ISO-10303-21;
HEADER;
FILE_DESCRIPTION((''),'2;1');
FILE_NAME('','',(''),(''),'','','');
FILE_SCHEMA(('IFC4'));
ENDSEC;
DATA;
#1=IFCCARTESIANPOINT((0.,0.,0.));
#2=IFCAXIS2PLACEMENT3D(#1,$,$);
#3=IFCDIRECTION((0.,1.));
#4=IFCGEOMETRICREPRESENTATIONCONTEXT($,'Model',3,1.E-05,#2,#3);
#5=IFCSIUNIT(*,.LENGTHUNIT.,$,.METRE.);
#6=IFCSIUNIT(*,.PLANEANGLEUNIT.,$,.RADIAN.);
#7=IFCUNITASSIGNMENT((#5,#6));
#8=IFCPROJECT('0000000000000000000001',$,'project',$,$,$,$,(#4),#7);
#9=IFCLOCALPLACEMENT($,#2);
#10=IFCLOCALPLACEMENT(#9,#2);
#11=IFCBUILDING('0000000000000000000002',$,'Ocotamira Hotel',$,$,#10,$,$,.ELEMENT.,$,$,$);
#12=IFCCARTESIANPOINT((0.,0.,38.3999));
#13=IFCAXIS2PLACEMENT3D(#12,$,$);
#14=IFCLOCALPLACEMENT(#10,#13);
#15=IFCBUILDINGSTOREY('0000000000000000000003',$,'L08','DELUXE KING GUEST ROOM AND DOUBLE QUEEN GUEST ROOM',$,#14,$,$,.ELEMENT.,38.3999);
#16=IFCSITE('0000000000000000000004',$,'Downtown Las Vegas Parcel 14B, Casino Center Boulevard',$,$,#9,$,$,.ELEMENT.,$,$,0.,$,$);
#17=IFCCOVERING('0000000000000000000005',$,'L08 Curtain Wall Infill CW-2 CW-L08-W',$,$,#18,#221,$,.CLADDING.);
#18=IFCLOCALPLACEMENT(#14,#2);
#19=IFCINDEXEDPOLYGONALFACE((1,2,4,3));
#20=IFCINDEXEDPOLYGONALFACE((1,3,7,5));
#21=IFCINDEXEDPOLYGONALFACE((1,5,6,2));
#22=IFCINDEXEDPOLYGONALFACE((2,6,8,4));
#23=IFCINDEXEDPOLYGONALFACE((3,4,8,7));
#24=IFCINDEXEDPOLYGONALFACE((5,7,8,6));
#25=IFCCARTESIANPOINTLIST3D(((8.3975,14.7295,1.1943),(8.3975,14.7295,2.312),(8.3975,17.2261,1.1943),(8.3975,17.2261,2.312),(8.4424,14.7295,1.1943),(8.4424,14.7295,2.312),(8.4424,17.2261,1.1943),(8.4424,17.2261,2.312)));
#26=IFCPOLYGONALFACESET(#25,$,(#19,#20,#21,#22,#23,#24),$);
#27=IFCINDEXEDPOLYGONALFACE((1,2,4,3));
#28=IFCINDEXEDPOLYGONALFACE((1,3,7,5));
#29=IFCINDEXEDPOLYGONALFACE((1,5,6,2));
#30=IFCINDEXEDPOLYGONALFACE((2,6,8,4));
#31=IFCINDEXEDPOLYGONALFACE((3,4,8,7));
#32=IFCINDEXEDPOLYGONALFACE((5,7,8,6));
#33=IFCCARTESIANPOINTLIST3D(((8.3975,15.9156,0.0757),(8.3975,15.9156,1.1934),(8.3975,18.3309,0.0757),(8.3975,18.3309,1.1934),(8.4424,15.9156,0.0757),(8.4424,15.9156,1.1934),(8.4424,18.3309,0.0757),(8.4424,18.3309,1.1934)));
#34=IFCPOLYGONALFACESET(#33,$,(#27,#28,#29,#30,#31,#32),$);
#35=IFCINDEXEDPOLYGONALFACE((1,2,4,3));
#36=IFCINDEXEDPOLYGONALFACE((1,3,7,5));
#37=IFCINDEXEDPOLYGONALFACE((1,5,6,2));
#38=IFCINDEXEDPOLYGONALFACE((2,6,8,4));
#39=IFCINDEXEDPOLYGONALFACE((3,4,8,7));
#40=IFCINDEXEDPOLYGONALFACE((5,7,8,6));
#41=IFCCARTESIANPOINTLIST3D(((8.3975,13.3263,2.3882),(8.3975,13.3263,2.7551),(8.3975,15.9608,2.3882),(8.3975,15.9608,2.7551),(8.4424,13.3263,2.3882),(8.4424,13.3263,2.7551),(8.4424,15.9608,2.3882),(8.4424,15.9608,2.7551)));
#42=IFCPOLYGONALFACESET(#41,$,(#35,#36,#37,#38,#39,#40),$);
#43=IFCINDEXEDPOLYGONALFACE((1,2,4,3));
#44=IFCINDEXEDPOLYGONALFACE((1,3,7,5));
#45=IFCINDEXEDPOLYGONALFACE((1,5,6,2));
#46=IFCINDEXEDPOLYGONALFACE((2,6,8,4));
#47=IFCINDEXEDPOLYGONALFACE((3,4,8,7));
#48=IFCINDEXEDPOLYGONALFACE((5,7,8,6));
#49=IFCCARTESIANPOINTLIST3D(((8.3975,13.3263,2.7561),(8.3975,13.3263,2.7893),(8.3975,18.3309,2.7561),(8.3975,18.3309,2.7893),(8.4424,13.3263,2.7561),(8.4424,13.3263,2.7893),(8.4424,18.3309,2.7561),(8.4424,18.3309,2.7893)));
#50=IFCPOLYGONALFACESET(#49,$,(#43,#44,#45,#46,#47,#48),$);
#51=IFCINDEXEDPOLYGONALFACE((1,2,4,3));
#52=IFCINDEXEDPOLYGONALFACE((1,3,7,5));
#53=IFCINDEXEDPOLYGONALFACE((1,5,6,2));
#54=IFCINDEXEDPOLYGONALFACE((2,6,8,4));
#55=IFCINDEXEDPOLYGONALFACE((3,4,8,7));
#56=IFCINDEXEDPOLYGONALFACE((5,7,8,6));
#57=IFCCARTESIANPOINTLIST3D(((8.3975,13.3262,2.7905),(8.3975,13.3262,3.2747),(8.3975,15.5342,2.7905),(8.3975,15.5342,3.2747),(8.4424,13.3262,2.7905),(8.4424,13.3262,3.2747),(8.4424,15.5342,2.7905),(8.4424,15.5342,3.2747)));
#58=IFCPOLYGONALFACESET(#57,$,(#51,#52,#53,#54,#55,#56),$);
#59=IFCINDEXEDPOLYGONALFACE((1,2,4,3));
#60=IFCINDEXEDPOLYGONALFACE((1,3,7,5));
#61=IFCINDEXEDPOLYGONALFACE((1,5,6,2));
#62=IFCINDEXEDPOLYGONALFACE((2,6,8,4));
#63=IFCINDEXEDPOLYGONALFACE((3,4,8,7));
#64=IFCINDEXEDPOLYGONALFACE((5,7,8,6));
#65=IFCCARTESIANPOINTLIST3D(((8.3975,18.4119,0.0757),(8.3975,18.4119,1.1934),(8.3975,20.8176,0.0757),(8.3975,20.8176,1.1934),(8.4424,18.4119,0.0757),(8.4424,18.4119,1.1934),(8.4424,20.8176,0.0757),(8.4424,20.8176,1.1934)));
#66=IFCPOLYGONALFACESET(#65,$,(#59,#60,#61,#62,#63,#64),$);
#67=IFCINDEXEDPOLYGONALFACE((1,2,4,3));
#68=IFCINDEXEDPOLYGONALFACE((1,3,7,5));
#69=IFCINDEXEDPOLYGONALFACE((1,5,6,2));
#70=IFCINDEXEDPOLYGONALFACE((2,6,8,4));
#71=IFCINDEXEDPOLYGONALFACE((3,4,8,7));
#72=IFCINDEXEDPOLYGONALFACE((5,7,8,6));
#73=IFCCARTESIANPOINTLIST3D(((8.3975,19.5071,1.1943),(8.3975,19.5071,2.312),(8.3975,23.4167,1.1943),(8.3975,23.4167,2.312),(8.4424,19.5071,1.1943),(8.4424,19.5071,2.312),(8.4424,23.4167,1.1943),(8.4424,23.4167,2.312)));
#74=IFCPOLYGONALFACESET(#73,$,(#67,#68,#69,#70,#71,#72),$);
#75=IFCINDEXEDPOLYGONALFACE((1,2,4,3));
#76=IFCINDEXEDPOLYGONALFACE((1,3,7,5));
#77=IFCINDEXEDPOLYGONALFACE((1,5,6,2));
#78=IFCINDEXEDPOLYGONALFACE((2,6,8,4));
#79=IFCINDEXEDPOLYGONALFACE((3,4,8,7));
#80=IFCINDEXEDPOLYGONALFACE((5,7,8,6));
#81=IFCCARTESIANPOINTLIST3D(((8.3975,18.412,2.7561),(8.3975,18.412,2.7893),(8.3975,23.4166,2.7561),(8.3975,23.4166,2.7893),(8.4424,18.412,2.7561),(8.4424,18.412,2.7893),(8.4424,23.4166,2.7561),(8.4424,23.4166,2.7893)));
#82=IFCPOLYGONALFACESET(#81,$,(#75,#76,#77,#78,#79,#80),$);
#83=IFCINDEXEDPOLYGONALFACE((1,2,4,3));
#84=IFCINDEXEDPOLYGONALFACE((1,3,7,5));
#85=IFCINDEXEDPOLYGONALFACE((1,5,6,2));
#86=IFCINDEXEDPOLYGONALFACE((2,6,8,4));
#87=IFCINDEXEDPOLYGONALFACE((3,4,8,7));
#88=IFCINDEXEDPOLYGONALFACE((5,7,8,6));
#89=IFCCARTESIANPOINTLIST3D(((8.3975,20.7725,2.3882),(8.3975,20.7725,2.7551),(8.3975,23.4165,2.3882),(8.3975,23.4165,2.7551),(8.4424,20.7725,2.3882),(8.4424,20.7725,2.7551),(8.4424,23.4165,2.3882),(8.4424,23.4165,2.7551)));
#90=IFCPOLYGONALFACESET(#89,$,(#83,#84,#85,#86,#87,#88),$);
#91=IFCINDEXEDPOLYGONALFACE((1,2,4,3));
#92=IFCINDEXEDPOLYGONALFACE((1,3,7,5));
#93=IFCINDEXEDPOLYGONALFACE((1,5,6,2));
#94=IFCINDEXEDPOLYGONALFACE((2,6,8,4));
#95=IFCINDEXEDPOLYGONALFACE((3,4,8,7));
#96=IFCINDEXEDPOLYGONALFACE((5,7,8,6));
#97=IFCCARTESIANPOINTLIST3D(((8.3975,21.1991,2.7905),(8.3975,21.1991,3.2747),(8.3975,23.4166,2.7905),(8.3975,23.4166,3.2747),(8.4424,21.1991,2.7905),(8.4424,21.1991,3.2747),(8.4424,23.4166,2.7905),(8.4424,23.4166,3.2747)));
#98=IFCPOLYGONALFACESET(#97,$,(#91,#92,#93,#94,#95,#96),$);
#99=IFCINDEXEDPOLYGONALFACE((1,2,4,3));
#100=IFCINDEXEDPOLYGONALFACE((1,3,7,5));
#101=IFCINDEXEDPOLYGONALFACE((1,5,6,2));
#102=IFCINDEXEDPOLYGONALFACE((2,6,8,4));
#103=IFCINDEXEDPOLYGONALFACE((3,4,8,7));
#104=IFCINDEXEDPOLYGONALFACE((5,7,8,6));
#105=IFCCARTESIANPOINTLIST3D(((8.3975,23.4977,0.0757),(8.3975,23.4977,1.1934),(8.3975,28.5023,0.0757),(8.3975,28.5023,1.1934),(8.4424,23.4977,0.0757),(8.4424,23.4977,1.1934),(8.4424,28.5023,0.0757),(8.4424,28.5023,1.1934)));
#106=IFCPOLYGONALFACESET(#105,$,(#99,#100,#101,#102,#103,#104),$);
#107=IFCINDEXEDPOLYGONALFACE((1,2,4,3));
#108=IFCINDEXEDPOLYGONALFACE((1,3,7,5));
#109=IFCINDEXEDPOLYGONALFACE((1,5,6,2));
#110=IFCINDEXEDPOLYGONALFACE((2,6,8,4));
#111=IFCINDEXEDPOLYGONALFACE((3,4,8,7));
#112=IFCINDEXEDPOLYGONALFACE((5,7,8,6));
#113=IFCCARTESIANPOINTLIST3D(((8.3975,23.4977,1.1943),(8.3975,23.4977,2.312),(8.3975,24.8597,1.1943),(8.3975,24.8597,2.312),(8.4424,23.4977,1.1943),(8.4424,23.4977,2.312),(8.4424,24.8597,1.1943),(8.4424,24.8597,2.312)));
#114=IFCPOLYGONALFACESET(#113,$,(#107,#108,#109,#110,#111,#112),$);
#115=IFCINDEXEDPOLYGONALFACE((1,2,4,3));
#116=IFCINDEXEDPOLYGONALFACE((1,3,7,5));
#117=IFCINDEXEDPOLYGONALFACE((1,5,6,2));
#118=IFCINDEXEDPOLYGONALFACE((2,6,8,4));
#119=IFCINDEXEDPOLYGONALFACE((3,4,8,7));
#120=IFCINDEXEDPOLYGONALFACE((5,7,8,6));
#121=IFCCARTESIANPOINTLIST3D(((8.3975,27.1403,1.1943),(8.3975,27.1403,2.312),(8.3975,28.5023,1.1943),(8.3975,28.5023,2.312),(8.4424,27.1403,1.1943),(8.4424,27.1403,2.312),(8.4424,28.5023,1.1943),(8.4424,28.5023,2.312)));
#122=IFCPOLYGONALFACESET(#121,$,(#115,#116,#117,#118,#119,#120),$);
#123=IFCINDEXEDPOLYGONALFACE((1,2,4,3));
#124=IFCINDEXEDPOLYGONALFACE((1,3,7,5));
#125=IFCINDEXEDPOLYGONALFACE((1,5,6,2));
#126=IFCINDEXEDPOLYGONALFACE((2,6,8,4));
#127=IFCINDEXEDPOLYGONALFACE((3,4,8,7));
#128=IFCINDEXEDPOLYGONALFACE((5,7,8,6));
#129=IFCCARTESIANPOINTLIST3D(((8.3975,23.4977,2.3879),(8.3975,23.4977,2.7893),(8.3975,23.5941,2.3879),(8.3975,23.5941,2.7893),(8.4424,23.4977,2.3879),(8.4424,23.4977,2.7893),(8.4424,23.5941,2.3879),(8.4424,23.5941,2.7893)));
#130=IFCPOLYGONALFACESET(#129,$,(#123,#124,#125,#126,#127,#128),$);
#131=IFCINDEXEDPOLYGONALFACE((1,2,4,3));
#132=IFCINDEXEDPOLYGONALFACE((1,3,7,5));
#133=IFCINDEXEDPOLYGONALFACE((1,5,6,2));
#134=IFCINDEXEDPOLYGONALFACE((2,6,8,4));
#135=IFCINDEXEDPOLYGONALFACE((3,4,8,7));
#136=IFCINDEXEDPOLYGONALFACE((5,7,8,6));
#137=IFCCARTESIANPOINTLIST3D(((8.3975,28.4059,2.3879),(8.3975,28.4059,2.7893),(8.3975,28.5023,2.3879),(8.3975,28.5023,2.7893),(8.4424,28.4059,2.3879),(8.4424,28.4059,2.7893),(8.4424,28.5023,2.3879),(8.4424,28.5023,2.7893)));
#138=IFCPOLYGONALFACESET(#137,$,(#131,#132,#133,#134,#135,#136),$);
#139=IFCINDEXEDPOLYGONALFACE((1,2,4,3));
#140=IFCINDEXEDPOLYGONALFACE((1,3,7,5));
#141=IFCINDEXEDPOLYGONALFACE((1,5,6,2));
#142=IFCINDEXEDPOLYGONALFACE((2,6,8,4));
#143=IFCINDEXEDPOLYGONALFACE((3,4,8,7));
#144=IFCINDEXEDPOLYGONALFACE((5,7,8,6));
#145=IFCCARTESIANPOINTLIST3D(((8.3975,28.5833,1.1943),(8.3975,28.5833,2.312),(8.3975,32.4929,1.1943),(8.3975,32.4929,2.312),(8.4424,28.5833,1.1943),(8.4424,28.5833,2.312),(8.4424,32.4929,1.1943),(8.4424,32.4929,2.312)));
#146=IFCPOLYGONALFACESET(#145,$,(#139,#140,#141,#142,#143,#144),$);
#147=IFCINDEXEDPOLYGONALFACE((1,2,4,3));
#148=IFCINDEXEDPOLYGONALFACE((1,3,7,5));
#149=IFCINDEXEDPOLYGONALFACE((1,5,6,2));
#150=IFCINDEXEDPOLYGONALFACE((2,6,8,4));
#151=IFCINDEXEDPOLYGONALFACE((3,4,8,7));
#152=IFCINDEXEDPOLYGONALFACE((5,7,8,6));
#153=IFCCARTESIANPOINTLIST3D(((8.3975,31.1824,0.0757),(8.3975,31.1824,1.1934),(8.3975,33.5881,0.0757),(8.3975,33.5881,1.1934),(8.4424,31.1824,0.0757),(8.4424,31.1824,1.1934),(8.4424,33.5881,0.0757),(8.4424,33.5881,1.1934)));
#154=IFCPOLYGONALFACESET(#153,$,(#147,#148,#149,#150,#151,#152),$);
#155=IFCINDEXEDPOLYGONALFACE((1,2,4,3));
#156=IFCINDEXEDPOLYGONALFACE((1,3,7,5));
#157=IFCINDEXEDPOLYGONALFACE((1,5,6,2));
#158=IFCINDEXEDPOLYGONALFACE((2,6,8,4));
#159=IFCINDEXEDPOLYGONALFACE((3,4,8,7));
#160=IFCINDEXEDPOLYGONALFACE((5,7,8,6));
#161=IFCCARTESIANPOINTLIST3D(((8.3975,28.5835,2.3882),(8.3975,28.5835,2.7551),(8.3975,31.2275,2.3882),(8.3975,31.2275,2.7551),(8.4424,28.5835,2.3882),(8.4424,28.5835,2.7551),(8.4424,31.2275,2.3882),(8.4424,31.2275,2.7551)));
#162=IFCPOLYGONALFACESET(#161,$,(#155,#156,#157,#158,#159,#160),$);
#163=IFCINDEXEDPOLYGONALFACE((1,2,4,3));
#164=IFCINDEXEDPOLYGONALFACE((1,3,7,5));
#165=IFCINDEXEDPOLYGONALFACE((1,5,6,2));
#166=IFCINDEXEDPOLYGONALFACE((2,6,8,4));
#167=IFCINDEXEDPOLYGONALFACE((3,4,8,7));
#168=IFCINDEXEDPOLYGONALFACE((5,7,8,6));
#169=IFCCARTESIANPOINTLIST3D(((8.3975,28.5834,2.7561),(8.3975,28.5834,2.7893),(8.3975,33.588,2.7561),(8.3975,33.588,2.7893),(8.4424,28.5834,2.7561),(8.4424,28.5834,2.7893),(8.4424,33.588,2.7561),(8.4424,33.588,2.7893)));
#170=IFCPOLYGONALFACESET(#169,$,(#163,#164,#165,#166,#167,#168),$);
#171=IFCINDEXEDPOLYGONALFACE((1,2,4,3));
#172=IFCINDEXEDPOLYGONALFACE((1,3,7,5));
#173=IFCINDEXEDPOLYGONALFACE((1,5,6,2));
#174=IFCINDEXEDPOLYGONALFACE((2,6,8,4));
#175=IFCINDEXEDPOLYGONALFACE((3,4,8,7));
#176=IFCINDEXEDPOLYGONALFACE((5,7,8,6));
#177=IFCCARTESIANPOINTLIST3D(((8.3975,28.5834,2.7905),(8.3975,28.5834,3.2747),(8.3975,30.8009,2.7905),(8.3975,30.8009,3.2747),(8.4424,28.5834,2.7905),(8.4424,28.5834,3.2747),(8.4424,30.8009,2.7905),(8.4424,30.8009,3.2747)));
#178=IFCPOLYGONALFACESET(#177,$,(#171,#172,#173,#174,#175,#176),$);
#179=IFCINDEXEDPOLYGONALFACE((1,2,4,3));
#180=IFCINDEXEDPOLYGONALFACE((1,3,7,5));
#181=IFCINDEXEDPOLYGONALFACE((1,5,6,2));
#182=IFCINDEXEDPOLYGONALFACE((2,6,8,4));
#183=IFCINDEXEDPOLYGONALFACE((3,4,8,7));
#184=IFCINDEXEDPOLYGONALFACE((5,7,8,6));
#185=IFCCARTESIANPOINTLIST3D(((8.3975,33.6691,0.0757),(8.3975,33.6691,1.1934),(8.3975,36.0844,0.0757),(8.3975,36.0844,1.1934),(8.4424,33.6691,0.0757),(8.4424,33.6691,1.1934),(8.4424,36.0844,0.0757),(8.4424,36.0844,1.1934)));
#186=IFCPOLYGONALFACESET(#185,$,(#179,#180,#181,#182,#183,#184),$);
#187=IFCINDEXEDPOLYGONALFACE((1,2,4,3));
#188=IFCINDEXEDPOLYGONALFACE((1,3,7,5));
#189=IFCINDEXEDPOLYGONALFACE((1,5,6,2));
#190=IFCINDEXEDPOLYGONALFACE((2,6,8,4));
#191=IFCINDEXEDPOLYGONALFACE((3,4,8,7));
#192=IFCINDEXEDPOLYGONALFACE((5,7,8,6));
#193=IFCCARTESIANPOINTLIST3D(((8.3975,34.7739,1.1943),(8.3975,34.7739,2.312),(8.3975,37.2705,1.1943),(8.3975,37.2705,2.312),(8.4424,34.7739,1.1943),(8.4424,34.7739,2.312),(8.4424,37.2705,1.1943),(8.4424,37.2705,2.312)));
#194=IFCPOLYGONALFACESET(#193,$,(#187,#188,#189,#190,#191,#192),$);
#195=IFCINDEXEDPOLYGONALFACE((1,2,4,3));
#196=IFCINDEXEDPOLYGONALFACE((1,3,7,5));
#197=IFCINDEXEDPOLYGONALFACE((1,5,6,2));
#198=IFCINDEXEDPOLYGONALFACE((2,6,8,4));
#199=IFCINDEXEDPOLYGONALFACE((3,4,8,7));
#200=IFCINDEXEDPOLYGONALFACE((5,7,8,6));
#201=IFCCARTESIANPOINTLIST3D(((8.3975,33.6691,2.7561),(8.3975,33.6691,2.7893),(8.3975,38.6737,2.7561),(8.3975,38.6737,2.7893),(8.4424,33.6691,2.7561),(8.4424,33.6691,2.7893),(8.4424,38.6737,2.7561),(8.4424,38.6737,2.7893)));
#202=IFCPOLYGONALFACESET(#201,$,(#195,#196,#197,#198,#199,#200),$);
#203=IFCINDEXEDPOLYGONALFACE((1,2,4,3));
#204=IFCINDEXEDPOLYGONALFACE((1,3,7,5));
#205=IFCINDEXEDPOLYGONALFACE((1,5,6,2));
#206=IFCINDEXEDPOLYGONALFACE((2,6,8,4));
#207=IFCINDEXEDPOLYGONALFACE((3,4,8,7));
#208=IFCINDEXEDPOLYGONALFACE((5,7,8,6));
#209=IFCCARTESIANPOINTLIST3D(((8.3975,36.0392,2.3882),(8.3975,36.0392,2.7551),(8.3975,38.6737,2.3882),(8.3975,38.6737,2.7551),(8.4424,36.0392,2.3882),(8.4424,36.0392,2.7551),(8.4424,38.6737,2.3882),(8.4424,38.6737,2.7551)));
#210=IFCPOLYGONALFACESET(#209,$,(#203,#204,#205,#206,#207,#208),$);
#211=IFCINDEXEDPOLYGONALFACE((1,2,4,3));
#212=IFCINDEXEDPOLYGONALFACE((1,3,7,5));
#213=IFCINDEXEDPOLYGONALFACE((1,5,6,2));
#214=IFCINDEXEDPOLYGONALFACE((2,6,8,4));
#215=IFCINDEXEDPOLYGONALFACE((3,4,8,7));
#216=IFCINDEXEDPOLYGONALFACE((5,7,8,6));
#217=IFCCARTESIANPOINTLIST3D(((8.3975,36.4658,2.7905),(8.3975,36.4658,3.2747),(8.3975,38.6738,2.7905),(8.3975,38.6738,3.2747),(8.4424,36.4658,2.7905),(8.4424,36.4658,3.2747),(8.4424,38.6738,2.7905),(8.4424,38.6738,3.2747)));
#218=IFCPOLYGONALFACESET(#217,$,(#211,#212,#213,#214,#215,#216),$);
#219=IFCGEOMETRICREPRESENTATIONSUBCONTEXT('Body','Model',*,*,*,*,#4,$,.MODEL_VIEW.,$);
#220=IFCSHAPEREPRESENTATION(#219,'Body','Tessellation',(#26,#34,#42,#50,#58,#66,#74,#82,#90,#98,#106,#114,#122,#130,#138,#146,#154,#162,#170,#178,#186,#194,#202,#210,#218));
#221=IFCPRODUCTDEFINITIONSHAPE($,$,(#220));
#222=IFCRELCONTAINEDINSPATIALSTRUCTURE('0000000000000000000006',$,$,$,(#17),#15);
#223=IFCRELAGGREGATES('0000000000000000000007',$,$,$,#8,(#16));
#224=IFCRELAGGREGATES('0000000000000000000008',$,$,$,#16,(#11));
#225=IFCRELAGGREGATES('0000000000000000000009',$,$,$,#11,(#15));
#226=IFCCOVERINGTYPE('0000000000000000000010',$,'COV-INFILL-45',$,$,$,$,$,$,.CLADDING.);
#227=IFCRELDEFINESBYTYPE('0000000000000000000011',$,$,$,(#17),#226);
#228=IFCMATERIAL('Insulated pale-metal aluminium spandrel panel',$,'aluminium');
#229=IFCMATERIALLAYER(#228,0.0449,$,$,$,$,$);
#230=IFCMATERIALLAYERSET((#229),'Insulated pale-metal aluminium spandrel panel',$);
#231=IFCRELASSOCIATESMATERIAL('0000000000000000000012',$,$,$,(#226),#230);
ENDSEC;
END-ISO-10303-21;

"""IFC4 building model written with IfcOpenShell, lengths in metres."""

from ifc_helpers import new_model, si_unit, direction, frame, origin, origin_2d, place, context, subcontext, project, spatial, rectangle, extrude, material, layer, layer_set, type_object, element, save


model = new_model("IFC4")

# Units and contexts
model_context = context("Model", 3, precision=1e-05, world=origin(), true_north=direction((0.0, 1.0)))
body_context = subcontext(model_context, "Body", "Model", "MODEL_VIEW")
ifc_project = project(units=[si_unit("LENGTHUNIT", "METRE"), si_unit("PLANEANGLEUNIT", "RADIAN")], contexts=[model_context])

# Site, building, storey
site_placement = place(None, origin())
site = spatial("IfcSite", under=ifc_project, at=site_placement, Name="Downtown Las Vegas Parcel 14B, Casino Center Boulevard", CompositionType="ELEMENT", RefElevation=0.0)
building_placement = place(site_placement, origin())
building = spatial("IfcBuilding", under=site, at=building_placement, Name="Ocotamira Hotel", CompositionType="ELEMENT")
storey_placement = place(building_placement, frame((0.0, 0.0, 38.3999)))
storey = spatial("IfcBuildingStorey", under=building, at=storey_placement, Name="L08", Description="DELUXE KING GUEST ROOM AND DOUBLE QUEEN GUEST ROOM", CompositionType="ELEMENT", Elevation=38.3999)

# Covering
ifc_material_1 = material(Name="Insulated pale-metal aluminium spandrel panel", Category="aluminium")
ifc_layer_1 = layer(ifc_material_1, 0.0449)
ifc_layer_set_1 = layer_set([ifc_layer_1], Name="Insulated pale-metal aluminium spandrel panel")
covering_type_1 = type_object("IfcCoveringType", Name="COV-INFILL-45", PredefinedType="CLADDING", material=ifc_layer_set_1)
covering_1_placement = place(storey_placement, origin())
element("IfcCovering", 1, at=covering_1_placement, inside=storey, type_object=covering_type_1, Name="L08 Curtain Wall Infill CW-2 CW-L08-W", PredefinedType="CLADDING", context=body_context, shape_type="SweptSolid", body=[
    extrude(rectangle(XDim=2.4966, YDim=0.0449, at=origin_2d()), frame((8.4199, 15.9778, 1.1943), z_axis=(0.0, 0.0, 1.0), x_axis=(0.0, 1.0, 0.0)), (0.0, 0.0, 1.0), 1.1177),
    extrude(rectangle(XDim=2.4153, YDim=0.0449, at=origin_2d()), frame((8.4199, 17.1233, 0.0757), z_axis=(0.0, 0.0, 1.0), x_axis=(0.0, 1.0, 0.0)), (0.0, 0.0, 1.0), 1.1177),
    extrude(rectangle(XDim=2.6345, YDim=0.0449, at=origin_2d()), frame((8.4199, 14.6436, 2.3882), z_axis=(0.0, 0.0, 1.0), x_axis=(0.0, 1.0, 0.0)), (0.0, 0.0, 1.0), 0.3669),
    extrude(rectangle(XDim=5.0046, YDim=0.0449, at=origin_2d()), frame((8.4199, 15.8286, 2.7561), z_axis=(0.0, 0.0, 1.0), x_axis=(0.0, 1.0, 0.0)), (0.0, 0.0, 1.0), 0.0332),
    extrude(rectangle(XDim=2.208, YDim=0.0449, at=origin_2d()), frame((8.4199, 14.4302, 2.7905), z_axis=(0.0, 0.0, 1.0), x_axis=(0.0, 1.0, 0.0)), (0.0, 0.0, 1.0), 0.4841),
    extrude(rectangle(XDim=2.4058, YDim=0.0449, at=origin_2d()), frame((8.4199, 19.6147, 0.0757), z_axis=(0.0, 0.0, 1.0), x_axis=(0.0, 1.0, 0.0)), (0.0, 0.0, 1.0), 1.1177),
    extrude(rectangle(XDim=3.9097, YDim=0.0449, at=origin_2d()), frame((8.4199, 21.4619, 1.1943), z_axis=(0.0, 0.0, 1.0), x_axis=(0.0, 1.0, 0.0)), (0.0, 0.0, 1.0), 1.1177),
    extrude(rectangle(XDim=5.0046, YDim=0.0449, at=origin_2d()), frame((8.4199, 20.9143, 2.7561), z_axis=(0.0, 0.0, 1.0), x_axis=(0.0, 1.0, 0.0)), (0.0, 0.0, 1.0), 0.0332),
    extrude(rectangle(XDim=2.644, YDim=0.0449, at=origin_2d()), frame((8.4199, 22.0945, 2.3882), z_axis=(0.0, 0.0, 1.0), x_axis=(0.0, 1.0, 0.0)), (0.0, 0.0, 1.0), 0.3669),
    extrude(rectangle(XDim=2.2175, YDim=0.0449, at=origin_2d()), frame((8.4199, 22.3079, 2.7905), z_axis=(0.0, 0.0, 1.0), x_axis=(0.0, 1.0, 0.0)), (0.0, 0.0, 1.0), 0.4841),
    extrude(rectangle(XDim=5.0046, YDim=0.0449, at=origin_2d()), frame((8.4199, 26.0, 0.0757), z_axis=(0.0, 0.0, 1.0), x_axis=(0.0, 1.0, 0.0)), (0.0, 0.0, 1.0), 1.1177),
    extrude(rectangle(XDim=1.3621, YDim=0.0449, at=origin_2d()), frame((8.4199, 24.1787, 1.1943), z_axis=(0.0, 0.0, 1.0), x_axis=(0.0, 1.0, 0.0)), (0.0, 0.0, 1.0), 1.1177),
    extrude(rectangle(XDim=1.3621, YDim=0.0449, at=origin_2d()), frame((8.4199, 27.8213, 1.1943), z_axis=(0.0, 0.0, 1.0), x_axis=(0.0, 1.0, 0.0)), (0.0, 0.0, 1.0), 1.1177),
    extrude(rectangle(XDim=0.0964, YDim=0.0449, at=origin_2d()), frame((8.4199, 23.5459, 2.3879), z_axis=(0.0, 0.0, 1.0), x_axis=(0.0, 1.0, 0.0)), (0.0, 0.0, 1.0), 0.4014),
    extrude(rectangle(XDim=0.0964, YDim=0.0449, at=origin_2d()), frame((8.4199, 28.4541, 2.3879), z_axis=(0.0, 0.0, 1.0), x_axis=(0.0, 1.0, 0.0)), (0.0, 0.0, 1.0), 0.4014),
    extrude(rectangle(XDim=3.9097, YDim=0.0449, at=origin_2d()), frame((8.4199, 30.5381, 1.1943), z_axis=(0.0, 0.0, 1.0), x_axis=(0.0, 1.0, 0.0)), (0.0, 0.0, 1.0), 1.1177),
    extrude(rectangle(XDim=2.4058, YDim=0.0449, at=origin_2d()), frame((8.4199, 32.3853, 0.0757), z_axis=(0.0, 0.0, 1.0), x_axis=(0.0, 1.0, 0.0)), (0.0, 0.0, 1.0), 1.1177),
    extrude(rectangle(XDim=2.644, YDim=0.0449, at=origin_2d()), frame((8.4199, 29.9055, 2.3882), z_axis=(0.0, 0.0, 1.0), x_axis=(0.0, 1.0, 0.0)), (0.0, 0.0, 1.0), 0.3669),
    extrude(rectangle(XDim=5.0046, YDim=0.0449, at=origin_2d()), frame((8.4199, 31.0857, 2.7561), z_axis=(0.0, 0.0, 1.0), x_axis=(0.0, 1.0, 0.0)), (0.0, 0.0, 1.0), 0.0332),
    extrude(rectangle(XDim=2.2175, YDim=0.0449, at=origin_2d()), frame((8.4199, 29.6921, 2.7905), z_axis=(0.0, 0.0, 1.0), x_axis=(0.0, 1.0, 0.0)), (0.0, 0.0, 1.0), 0.4841),
    extrude(rectangle(XDim=2.4153, YDim=0.0449, at=origin_2d()), frame((8.4199, 34.8767, 0.0757), z_axis=(0.0, 0.0, 1.0), x_axis=(0.0, 1.0, 0.0)), (0.0, 0.0, 1.0), 1.1177),
    extrude(rectangle(XDim=2.4966, YDim=0.0449, at=origin_2d()), frame((8.4199, 36.0222, 1.1943), z_axis=(0.0, 0.0, 1.0), x_axis=(0.0, 1.0, 0.0)), (0.0, 0.0, 1.0), 1.1177),
    extrude(rectangle(XDim=5.0046, YDim=0.0449, at=origin_2d()), frame((8.4199, 36.1714, 2.7561), z_axis=(0.0, 0.0, 1.0), x_axis=(0.0, 1.0, 0.0)), (0.0, 0.0, 1.0), 0.0332),
    extrude(rectangle(XDim=2.6345, YDim=0.0449, at=origin_2d()), frame((8.4199, 37.3564, 2.3882), z_axis=(0.0, 0.0, 1.0), x_axis=(0.0, 1.0, 0.0)), (0.0, 0.0, 1.0), 0.3669),
    extrude(rectangle(XDim=2.208, YDim=0.0449, at=origin_2d()), frame((8.4199, 37.5698, 2.7905), z_axis=(0.0, 0.0, 1.0), x_axis=(0.0, 1.0, 0.0)), (0.0, 0.0, 1.0), 0.4841),
])

save(model, "model.ifc")
